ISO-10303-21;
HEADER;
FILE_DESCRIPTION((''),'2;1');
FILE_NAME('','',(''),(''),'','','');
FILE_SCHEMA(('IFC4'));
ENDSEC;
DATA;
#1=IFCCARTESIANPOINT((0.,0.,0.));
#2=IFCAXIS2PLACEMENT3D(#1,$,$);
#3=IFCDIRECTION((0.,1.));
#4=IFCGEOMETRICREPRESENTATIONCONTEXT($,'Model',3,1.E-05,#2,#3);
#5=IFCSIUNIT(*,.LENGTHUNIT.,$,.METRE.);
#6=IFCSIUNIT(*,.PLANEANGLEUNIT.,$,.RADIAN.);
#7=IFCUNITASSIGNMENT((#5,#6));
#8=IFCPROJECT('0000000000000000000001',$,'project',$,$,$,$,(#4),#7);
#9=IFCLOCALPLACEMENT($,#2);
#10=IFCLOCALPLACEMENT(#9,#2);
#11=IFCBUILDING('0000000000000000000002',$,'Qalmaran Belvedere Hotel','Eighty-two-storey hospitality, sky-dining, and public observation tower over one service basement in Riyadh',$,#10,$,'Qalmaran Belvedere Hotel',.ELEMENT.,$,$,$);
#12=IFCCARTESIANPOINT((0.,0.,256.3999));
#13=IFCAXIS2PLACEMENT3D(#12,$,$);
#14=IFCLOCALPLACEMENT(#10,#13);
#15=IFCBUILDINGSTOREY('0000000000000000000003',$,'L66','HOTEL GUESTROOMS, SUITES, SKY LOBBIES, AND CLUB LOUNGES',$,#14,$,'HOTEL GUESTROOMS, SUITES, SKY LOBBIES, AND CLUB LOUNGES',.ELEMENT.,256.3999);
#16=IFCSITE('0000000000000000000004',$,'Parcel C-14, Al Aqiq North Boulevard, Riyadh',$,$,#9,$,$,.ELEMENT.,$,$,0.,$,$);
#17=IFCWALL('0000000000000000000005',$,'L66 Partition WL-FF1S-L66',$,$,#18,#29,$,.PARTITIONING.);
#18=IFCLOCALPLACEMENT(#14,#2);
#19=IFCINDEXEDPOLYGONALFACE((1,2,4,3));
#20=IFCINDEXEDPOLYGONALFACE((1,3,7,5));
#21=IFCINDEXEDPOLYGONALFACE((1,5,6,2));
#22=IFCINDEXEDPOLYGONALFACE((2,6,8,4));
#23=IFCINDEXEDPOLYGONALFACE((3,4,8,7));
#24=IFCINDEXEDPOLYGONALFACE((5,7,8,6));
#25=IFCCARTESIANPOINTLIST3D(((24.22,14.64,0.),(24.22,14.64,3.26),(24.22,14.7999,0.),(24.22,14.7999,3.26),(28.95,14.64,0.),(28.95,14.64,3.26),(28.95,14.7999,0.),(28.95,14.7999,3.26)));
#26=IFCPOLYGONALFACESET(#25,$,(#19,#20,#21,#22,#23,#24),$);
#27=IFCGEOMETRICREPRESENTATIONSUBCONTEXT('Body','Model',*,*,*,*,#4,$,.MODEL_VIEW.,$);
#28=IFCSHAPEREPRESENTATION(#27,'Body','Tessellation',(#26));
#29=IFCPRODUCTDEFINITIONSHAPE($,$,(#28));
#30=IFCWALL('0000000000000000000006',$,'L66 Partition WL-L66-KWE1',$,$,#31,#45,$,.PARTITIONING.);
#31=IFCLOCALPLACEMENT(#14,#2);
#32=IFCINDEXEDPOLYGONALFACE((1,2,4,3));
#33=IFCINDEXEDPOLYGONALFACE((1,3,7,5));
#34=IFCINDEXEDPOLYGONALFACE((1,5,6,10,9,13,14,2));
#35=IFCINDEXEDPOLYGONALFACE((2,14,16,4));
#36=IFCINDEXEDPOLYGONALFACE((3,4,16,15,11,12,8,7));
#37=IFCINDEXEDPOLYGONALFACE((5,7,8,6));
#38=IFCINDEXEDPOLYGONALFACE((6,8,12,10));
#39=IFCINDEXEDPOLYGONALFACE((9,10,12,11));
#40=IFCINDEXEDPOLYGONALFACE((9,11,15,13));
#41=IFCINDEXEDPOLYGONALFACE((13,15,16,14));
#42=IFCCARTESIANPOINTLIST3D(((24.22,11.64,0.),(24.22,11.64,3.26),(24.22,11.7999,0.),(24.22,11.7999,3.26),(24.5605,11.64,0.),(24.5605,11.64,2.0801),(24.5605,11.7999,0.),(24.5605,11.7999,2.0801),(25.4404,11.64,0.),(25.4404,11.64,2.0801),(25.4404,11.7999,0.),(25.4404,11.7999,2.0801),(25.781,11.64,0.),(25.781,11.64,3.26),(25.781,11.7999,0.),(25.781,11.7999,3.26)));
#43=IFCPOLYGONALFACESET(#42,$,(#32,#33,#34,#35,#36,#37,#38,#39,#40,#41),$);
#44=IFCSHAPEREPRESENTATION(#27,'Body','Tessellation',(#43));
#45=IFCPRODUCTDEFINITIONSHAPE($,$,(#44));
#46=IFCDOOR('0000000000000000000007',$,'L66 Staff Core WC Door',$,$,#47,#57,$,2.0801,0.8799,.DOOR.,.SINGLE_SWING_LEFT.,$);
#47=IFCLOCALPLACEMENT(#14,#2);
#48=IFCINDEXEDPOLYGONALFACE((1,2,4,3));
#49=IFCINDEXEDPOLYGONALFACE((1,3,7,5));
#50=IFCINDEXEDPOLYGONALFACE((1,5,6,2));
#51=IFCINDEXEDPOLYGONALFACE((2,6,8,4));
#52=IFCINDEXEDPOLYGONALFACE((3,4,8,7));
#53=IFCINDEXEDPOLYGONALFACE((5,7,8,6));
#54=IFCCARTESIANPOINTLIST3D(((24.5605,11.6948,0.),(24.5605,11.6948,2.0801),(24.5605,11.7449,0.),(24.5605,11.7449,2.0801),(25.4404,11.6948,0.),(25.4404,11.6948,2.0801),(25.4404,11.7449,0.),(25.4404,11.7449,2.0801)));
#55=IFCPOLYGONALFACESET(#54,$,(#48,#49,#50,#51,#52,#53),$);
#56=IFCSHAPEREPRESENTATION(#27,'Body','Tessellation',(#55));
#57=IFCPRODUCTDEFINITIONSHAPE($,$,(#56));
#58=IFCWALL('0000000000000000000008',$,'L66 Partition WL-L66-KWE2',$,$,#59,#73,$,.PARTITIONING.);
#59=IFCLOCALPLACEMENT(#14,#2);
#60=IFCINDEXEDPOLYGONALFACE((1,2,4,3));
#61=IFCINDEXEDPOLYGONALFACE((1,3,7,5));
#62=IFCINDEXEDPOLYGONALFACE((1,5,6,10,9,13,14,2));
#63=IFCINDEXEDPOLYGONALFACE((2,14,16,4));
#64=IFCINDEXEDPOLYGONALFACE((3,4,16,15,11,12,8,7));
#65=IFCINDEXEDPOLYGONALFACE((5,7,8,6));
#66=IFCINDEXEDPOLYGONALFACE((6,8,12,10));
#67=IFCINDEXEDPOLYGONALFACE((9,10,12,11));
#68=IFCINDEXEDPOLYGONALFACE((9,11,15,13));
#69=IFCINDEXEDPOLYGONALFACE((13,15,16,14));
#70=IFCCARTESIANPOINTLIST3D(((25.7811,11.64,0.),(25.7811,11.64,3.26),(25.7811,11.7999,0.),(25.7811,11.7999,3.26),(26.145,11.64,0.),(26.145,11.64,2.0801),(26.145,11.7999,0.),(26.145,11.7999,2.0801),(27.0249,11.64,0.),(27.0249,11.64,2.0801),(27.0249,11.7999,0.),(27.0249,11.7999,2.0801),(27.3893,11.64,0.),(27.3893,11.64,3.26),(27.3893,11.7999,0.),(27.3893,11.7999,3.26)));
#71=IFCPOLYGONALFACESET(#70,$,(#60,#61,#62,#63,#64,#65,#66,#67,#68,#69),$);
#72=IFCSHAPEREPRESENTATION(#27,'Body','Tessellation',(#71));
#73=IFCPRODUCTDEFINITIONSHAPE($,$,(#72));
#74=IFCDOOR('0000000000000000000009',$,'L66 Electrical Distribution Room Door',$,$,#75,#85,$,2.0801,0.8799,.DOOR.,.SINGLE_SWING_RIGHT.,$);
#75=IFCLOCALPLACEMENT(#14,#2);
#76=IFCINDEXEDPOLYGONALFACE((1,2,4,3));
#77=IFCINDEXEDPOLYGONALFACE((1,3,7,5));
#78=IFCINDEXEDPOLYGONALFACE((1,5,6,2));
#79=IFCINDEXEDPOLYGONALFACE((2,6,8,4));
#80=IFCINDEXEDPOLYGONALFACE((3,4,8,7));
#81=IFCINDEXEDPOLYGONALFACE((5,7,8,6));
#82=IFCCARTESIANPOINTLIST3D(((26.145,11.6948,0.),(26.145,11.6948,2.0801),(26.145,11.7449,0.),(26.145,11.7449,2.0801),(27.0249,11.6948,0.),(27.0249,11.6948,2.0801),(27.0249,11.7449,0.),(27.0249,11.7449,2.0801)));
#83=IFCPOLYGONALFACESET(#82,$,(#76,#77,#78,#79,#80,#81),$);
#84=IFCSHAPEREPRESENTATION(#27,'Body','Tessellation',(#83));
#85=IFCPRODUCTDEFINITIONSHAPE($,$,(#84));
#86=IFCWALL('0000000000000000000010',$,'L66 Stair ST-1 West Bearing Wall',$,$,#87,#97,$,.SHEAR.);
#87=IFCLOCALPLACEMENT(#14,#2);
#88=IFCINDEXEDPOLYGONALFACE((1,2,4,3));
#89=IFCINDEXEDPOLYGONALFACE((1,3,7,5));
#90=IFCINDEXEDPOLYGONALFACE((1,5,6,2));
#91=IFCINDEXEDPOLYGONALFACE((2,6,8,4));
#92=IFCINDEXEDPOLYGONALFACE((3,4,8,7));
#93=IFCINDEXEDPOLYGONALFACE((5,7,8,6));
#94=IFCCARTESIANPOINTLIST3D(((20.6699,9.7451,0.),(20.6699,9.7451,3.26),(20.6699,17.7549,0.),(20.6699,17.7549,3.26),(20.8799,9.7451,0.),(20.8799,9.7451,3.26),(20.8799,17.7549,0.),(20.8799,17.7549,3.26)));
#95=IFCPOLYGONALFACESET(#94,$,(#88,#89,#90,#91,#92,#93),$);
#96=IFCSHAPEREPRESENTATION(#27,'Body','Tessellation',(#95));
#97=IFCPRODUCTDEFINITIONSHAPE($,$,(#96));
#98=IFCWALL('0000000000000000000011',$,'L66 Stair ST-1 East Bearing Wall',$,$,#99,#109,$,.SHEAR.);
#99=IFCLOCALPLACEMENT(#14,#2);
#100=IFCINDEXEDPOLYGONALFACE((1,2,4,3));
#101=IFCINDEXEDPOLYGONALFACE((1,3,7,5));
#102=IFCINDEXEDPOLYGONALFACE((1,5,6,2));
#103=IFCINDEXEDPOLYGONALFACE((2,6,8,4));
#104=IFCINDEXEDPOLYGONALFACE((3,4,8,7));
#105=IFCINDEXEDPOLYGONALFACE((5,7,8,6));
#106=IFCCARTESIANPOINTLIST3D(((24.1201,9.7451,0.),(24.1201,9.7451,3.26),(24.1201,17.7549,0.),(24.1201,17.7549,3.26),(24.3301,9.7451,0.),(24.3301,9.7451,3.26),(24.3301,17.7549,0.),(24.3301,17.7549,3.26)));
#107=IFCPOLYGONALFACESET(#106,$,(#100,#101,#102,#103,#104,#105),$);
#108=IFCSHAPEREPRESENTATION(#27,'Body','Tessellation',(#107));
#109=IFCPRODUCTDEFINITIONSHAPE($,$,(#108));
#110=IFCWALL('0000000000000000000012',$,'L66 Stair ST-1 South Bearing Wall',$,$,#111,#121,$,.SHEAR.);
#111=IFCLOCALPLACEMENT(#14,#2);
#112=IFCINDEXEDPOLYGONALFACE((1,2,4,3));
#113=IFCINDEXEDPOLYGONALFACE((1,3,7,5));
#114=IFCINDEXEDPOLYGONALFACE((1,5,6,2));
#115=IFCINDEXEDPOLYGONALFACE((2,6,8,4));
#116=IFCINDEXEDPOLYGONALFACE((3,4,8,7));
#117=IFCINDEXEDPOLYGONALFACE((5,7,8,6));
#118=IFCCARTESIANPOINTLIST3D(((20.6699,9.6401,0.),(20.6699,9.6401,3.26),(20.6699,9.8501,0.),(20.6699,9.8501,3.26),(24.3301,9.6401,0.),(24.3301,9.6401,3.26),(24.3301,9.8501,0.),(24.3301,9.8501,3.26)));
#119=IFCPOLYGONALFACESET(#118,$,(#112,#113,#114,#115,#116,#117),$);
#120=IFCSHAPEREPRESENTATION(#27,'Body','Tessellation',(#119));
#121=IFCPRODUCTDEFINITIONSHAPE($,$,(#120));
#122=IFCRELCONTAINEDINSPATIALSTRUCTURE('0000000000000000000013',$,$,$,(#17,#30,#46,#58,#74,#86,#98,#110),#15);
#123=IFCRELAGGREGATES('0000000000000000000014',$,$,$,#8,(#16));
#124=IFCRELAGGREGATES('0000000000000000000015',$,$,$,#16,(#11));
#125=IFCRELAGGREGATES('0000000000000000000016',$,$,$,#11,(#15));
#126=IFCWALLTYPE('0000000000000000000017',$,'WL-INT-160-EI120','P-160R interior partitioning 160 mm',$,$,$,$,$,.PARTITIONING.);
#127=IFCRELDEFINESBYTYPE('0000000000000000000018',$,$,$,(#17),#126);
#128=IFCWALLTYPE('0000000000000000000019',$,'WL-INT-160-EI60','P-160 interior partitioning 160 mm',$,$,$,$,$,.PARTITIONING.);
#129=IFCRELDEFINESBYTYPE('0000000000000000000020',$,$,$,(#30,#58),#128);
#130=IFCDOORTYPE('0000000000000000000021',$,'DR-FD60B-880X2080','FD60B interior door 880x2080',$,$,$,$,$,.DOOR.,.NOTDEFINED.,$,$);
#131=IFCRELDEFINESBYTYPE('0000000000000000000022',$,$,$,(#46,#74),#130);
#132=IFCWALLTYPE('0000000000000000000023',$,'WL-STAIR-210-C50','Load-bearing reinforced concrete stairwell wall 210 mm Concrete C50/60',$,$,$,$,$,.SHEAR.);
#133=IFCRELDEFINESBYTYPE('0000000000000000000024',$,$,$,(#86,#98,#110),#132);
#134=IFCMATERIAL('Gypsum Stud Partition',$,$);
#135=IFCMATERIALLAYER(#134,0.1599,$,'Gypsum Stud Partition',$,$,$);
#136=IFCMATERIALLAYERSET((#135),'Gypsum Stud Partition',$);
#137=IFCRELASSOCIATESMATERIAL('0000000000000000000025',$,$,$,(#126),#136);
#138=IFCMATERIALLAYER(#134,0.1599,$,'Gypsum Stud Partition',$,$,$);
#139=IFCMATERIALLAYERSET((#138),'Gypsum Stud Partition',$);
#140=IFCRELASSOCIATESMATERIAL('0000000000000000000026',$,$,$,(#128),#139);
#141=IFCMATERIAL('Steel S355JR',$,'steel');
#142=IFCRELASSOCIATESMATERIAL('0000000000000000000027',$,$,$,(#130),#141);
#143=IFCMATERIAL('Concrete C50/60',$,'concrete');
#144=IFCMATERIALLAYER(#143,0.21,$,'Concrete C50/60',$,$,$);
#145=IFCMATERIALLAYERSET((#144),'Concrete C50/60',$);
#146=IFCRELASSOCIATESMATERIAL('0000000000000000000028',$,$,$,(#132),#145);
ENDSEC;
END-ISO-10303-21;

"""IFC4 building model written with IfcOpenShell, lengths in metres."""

from ifc_helpers import new_model, si_unit, direction, frame, frame_2d, origin, place, context, subcontext, project, spatial, rectangle, extrude, material, layer, layer_set, type_object, element, fill, save


model = new_model("IFC4")

# Units and contexts
model_context = context("Model", 3, precision=1e-05, world=origin(), true_north=direction((0.0, 1.0)))
body_context = subcontext(model_context, "Body", "Model", "MODEL_VIEW")
ifc_project = project(units=[si_unit("LENGTHUNIT", "METRE"), si_unit("PLANEANGLEUNIT", "RADIAN")], contexts=[model_context])

# Site, building, storey
site_placement = place(None, origin())
site = spatial("IfcSite", under=ifc_project, at=site_placement, Name="Parcel C-14, Al Aqiq North Boulevard, Riyadh", CompositionType="ELEMENT", RefElevation=0.0)
building_placement = place(site_placement, origin())
building = spatial("IfcBuilding", under=site, at=building_placement, Name="Qalmaran Belvedere Hotel", Description="Eighty-two-storey hospitality, sky-dining, and public observation tower over one service basement in Riyadh", LongName="Qalmaran Belvedere Hotel", CompositionType="ELEMENT")
storey_placement = place(building_placement, frame((0.0, 0.0, 256.3999)))
storey = spatial("IfcBuildingStorey", under=building, at=storey_placement, Name="L66", Description="HOTEL GUESTROOMS, SUITES, SKY LOBBIES, AND CLUB LOUNGES", LongName="HOTEL GUESTROOMS, SUITES, SKY LOBBIES, AND CLUB LOUNGES", CompositionType="ELEMENT", Elevation=256.3999)

# Wall
ifc_material_1 = material(Name="Gypsum Stud Partition")
ifc_layer_1 = layer(ifc_material_1, 0.1599, Name="Gypsum Stud Partition")
ifc_layer_set_1 = layer_set([ifc_layer_1], Name="Gypsum Stud Partition")
wall_type_1 = type_object("IfcWallType", Name="WL-INT-160-EI120", Description="P-160R interior partitioning 160 mm", PredefinedType="PARTITIONING", material=ifc_layer_set_1)
wall_1_placement = place(storey_placement, frame((24.22, 14.72, 0.0), z_axis=(0.0, 0.0, 1.0), x_axis=(1.0, 0.0, 0.0)))
element("IfcWall", 1, at=wall_1_placement, inside=storey, type_object=wall_type_1, Name="L66 Partition WL-FF1S-L66", PredefinedType="PARTITIONING", context=body_context, shape_type="SweptSolid", body=[
    extrude(rectangle(XDim=4.73, YDim=0.1599, at=frame_2d((2.365, 0.0))), origin(), (0.0, 0.0, 1.0), 3.26),
])

# Walls, openings, doors
ifc_layer_2 = layer(ifc_material_1, 0.1599, Name="Gypsum Stud Partition")
ifc_layer_set_2 = layer_set([ifc_layer_2], Name="Gypsum Stud Partition")
wall_type_2 = type_object("IfcWallType", Name="WL-INT-160-EI60", Description="P-160 interior partitioning 160 mm", PredefinedType="PARTITIONING", material=ifc_layer_set_2)
wall_2_placement = place(storey_placement, frame((24.22, 11.72, 0.0), z_axis=(0.0, 0.0, 1.0), x_axis=(1.0, 0.0, 0.0)))
wall_2 = element("IfcWall", 2, at=wall_2_placement, inside=storey, type_object=wall_type_2, Name="L66 Partition WL-L66-KWE1", PredefinedType="PARTITIONING", context=body_context, shape_type="SweptSolid", body=[
    extrude(rectangle(XDim=1.561, YDim=0.1599, at=frame_2d((0.7805, 0.0))), origin(), (0.0, 0.0, 1.0), 3.26),
])
opening_1_placement = place(wall_2_placement, frame((0.3406, 0.0, 0.0)))
opening_1 = element("IfcOpeningElement", 3, at=opening_1_placement, cuts=wall_2, PredefinedType="OPENING", context=body_context, shape_type="SweptSolid", body=[
    extrude(rectangle(XDim=0.8799, YDim=2.0801, at=frame_2d((0.4399, 1.04))), frame((0.0, 0.0898, 0.0), z_axis=(0.0, -1.0, 0.0), x_axis=(1.0, 0.0, 0.0)), (0.0, 0.0, 1.0), 0.1799),
])
ifc_material_2 = material(Name="Steel S355JR", Category="steel")
door_type_1 = type_object("IfcDoorType", Name="DR-FD60B-880X2080", Description="FD60B interior door 880x2080", OperationType="NOTDEFINED", PredefinedType="DOOR", material=ifc_material_2)
door_1_placement = place(opening_1_placement, origin())
door_1 = element("IfcDoor", 4, at=door_1_placement, inside=storey, type_object=door_type_1, Name="L66 Staff Core WC Door", OperationType="SINGLE_SWING_LEFT", OverallHeight=2.0801, OverallWidth=0.8799, PredefinedType="DOOR", context=body_context, shape_type="SweptSolid", body=[
    extrude(rectangle(XDim=0.8799, YDim=2.0801, at=frame_2d((0.4399, 1.04))), frame((0.0, 0.0249, 0.0), z_axis=(0.0, -1.0, 0.0), x_axis=(1.0, 0.0, 0.0)), (0.0, 0.0, 1.0), 0.05),
])
fill(opening_1, door_1)
wall_3_placement = place(storey_placement, frame((25.781, 11.72, 0.0), z_axis=(0.0, 0.0, 1.0), x_axis=(1.0, 0.0, 0.0)))
wall_3 = element("IfcWall", 5, at=wall_3_placement, inside=storey, type_object=wall_type_2, Name="L66 Partition WL-L66-KWE2", PredefinedType="PARTITIONING", context=body_context, shape_type="SweptSolid", body=[
    extrude(rectangle(XDim=1.6082, YDim=0.1599, at=frame_2d((0.8042, 0.0))), origin(), (0.0, 0.0, 1.0), 3.26),
])
opening_2_placement = place(wall_3_placement, frame((0.364, 0.0, 0.0)))
opening_2 = element("IfcOpeningElement", 6, at=opening_2_placement, cuts=wall_3, PredefinedType="OPENING", context=body_context, shape_type="SweptSolid", body=[
    extrude(rectangle(XDim=0.8799, YDim=2.0801, at=frame_2d((0.4399, 1.04))), frame((0.0, 0.0898, 0.0), z_axis=(0.0, -1.0, 0.0), x_axis=(1.0, 0.0, 0.0)), (0.0, 0.0, 1.0), 0.1799),
])
door_2_placement = place(opening_2_placement, origin())
door_2 = element("IfcDoor", 7, at=door_2_placement, inside=storey, type_object=door_type_1, Name="L66 Electrical Distribution Room Door", OperationType="SINGLE_SWING_RIGHT", OverallHeight=2.0801, OverallWidth=0.8799, PredefinedType="DOOR", context=body_context, shape_type="SweptSolid", body=[
    extrude(rectangle(XDim=0.8799, YDim=2.0801, at=frame_2d((0.4399, 1.04))), frame((0.0, 0.0249, 0.0), z_axis=(0.0, -1.0, 0.0), x_axis=(1.0, 0.0, 0.0)), (0.0, 0.0, 1.0), 0.05),
])
fill(opening_2, door_2)

# Walls
ifc_material_3 = material(Name="Concrete C50/60", Category="concrete")
ifc_layer_3 = layer(ifc_material_3, 0.21, Name="Concrete C50/60")
ifc_layer_set_3 = layer_set([ifc_layer_3], Name="Concrete C50/60")
wall_type_3 = type_object("IfcWallType", Name="WL-STAIR-210-C50", Description="Load-bearing reinforced concrete stairwell wall 210 mm Concrete C50/60", PredefinedType="SHEAR", material=ifc_layer_set_3)
for number, where, z_axis, x_axis, name in (
    (8, (20.7749, 9.7451, 0.0), (0.0, 0.0, 1.0), (0.0, 1.0, 0.0), "L66 Stair ST-1 West Bearing Wall"),
    (9, (24.2251, 9.7451, 0.0), (0.0, 0.0, 1.0), (0.0, 1.0, 0.0), "L66 Stair ST-1 East Bearing Wall"),
):
    element("IfcWall", number, at=place(storey_placement, frame(where, z_axis=z_axis, x_axis=x_axis)), inside=storey, type_object=wall_type_3, Name=name, PredefinedType="SHEAR", context=body_context, shape_type="SweptSolid", body=[
        extrude(rectangle(XDim=8.0098, YDim=0.21, at=frame_2d((4.0049, 0.0))), origin(), (0.0, 0.0, 1.0), 3.26),
    ])
wall_4_placement = place(storey_placement, frame((20.6699, 9.7451, 0.0), z_axis=(0.0, 0.0, 1.0), x_axis=(1.0, 0.0, 0.0)))
element("IfcWall", 10, at=wall_4_placement, inside=storey, type_object=wall_type_3, Name="L66 Stair ST-1 South Bearing Wall", PredefinedType="SHEAR", context=body_context, shape_type="SweptSolid", body=[
    extrude(rectangle(XDim=3.6602, YDim=0.21, at=frame_2d((1.8301, 0.0))), origin(), (0.0, 0.0, 1.0), 3.26),
])

save(model, "model.ifc")
